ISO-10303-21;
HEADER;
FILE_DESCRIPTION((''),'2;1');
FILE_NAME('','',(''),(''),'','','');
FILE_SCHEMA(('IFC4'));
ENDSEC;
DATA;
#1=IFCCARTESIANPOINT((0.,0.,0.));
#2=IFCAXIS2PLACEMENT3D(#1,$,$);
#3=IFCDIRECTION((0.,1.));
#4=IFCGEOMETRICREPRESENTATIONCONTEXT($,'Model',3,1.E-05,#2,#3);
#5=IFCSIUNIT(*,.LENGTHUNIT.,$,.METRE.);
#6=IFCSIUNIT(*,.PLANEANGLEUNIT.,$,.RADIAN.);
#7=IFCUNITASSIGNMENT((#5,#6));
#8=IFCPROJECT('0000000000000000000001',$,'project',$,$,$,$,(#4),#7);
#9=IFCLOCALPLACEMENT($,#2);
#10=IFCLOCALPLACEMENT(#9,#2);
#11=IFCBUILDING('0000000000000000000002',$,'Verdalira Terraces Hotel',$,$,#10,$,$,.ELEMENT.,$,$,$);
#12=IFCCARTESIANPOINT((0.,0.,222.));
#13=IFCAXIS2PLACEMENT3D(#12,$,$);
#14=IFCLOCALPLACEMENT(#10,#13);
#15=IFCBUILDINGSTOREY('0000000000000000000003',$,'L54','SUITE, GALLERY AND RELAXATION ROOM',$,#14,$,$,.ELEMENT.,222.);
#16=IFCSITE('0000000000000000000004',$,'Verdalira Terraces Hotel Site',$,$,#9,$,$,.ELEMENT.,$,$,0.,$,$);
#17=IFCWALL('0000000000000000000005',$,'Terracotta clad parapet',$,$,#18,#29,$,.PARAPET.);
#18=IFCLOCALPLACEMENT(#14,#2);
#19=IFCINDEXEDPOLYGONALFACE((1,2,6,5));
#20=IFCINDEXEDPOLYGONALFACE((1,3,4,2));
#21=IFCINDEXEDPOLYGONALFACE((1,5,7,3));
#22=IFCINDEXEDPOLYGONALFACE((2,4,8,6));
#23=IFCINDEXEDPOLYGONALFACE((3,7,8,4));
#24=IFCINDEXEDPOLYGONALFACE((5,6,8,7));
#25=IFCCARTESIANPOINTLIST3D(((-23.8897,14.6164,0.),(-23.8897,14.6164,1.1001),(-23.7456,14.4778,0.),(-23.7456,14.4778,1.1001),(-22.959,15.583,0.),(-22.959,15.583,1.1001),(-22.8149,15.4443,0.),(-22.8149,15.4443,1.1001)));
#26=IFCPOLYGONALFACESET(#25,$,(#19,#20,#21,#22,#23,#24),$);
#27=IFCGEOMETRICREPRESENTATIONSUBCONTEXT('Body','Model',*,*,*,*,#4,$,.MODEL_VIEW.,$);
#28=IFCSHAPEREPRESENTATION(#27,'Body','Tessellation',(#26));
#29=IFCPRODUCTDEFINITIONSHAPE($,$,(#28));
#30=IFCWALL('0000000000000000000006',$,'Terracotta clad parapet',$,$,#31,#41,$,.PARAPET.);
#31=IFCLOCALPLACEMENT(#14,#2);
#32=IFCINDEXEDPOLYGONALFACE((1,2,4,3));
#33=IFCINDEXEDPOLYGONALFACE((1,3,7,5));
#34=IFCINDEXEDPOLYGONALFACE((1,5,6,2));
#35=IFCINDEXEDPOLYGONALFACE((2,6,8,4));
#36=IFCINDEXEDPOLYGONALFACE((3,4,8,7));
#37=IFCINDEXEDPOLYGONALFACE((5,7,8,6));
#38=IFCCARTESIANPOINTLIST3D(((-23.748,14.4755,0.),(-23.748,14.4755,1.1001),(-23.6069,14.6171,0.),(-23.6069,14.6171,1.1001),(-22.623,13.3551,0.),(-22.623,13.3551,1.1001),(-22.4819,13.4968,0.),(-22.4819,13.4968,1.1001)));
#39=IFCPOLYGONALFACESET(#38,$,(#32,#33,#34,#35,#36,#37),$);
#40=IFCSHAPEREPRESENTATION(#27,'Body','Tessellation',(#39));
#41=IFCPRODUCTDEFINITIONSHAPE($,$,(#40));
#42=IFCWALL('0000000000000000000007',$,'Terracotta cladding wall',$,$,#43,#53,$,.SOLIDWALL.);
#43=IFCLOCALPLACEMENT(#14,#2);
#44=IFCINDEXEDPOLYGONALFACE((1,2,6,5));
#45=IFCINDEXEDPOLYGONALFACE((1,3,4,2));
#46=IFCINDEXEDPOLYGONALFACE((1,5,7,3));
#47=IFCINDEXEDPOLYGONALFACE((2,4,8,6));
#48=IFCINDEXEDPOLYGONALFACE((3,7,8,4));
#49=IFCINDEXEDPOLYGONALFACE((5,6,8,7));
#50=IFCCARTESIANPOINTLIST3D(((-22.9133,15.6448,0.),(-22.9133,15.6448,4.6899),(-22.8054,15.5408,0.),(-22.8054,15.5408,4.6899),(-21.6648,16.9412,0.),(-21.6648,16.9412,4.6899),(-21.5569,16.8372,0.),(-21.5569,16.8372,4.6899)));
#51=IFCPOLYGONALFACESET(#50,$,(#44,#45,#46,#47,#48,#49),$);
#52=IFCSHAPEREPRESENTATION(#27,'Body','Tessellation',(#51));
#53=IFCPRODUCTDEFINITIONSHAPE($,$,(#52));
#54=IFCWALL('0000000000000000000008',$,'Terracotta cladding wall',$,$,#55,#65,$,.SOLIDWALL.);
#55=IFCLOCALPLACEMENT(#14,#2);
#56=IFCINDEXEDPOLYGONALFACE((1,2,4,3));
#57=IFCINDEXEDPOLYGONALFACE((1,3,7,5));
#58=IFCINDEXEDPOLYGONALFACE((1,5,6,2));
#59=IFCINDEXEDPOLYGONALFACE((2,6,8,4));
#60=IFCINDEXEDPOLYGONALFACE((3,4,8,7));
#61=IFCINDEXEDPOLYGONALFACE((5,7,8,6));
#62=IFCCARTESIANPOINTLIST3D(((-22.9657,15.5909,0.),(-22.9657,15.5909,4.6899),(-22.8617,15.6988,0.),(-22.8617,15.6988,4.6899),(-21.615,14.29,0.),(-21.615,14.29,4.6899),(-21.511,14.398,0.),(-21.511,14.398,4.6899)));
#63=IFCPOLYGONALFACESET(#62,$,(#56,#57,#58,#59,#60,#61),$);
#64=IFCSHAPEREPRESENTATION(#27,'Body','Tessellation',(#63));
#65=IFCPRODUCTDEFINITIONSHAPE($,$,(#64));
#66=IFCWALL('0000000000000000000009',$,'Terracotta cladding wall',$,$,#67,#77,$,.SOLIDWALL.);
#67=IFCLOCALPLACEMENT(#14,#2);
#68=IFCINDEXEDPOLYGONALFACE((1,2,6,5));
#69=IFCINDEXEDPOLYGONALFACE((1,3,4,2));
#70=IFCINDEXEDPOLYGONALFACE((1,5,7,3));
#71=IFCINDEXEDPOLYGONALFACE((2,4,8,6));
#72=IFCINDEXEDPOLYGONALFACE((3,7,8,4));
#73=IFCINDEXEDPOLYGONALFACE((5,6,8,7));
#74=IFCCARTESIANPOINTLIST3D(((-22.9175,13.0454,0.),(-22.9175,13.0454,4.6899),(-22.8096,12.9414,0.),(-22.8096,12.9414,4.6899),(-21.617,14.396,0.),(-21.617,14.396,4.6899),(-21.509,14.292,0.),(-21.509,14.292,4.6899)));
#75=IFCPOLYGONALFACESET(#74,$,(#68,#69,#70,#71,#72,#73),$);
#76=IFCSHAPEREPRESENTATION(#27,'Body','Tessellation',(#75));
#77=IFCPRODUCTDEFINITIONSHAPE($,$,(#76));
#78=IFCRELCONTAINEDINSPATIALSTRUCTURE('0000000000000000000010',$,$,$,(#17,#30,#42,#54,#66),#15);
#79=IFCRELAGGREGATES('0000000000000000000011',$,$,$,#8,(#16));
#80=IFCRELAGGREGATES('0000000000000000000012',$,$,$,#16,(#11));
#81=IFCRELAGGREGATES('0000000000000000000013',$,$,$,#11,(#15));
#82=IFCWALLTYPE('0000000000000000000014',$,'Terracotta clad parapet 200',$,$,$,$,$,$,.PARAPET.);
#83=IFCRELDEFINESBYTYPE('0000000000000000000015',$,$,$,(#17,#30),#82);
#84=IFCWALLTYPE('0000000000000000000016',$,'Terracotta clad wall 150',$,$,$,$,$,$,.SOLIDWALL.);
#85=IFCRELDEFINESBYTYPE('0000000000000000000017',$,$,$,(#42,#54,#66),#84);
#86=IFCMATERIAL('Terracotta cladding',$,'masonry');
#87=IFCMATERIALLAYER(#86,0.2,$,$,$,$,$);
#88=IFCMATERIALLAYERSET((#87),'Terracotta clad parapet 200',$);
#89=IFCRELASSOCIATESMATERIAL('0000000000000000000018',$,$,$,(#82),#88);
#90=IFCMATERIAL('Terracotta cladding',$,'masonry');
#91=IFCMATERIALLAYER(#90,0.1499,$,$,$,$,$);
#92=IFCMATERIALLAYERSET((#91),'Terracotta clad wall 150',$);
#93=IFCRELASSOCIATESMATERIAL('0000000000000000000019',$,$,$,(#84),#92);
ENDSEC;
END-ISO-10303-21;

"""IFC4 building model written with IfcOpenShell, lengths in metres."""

from ifc_helpers import new_model, si_unit, direction, frame, frame_2d, origin, place, context, subcontext, project, spatial, rectangle, extrude, material, layer, layer_set, type_object, element, save


model = new_model("IFC4")

# Units and contexts
model_context = context("Model", 3, precision=1e-05, world=origin(), true_north=direction((0.0, 1.0)))
body_context = subcontext(model_context, "Body", "Model", "MODEL_VIEW")
ifc_project = project(units=[si_unit("LENGTHUNIT", "METRE"), si_unit("PLANEANGLEUNIT", "RADIAN")], contexts=[model_context])

# Site, building, storey
site_placement = place(None, origin())
site = spatial("IfcSite", under=ifc_project, at=site_placement, Name="Verdalira Terraces Hotel Site", CompositionType="ELEMENT", RefElevation=0.0)
building_placement = place(site_placement, origin())
building = spatial("IfcBuilding", under=site, at=building_placement, Name="Verdalira Terraces Hotel", CompositionType="ELEMENT")
storey_placement = place(building_placement, frame((0.0, 0.0, 222.0)))
storey = spatial("IfcBuildingStorey", under=building, at=storey_placement, Name="L54", Description="SUITE, GALLERY AND RELAXATION ROOM", CompositionType="ELEMENT", Elevation=222.0)

# Walls
ifc_material_1 = material(Name="Terracotta cladding", Category="masonry")
ifc_layer_1 = layer(ifc_material_1, 0.2)
ifc_layer_set_1 = layer_set([ifc_layer_1], Name="Terracotta clad parapet 200")
wall_type_1 = type_object("IfcWallType", Name="Terracotta clad parapet 200", PredefinedType="PARAPET", material=ifc_layer_set_1)
wall_1_placement = place(storey_placement, frame((-22.887, 15.5137, 0.0), z_axis=(0.0, 0.0, 1.0), x_axis=(-0.693607, -0.720354, 0.0)))
element("IfcWall", 1, at=wall_1_placement, inside=storey, type_object=wall_type_1, Name="Terracotta clad parapet", PredefinedType="PARAPET", context=body_context, shape_type="SweptSolid", body=[
    extrude(rectangle(XDim=1.3418, YDim=0.2, at=frame_2d((0.6709, 0.0))), origin(), (0.0, 0.0, 1.0), 1.1001),
])
wall_2_placement = place(storey_placement, frame((-23.6775, 14.5464, 0.0), z_axis=(0.0, 0.0, 1.0), x_axis=(0.708566, -0.705644, 0.0)))
element("IfcWall", 2, at=wall_2_placement, inside=storey, type_object=wall_type_1, Name="Terracotta clad parapet", PredefinedType="PARAPET", context=body_context, shape_type="SweptSolid", body=[
    extrude(rectangle(XDim=1.5876, YDim=0.2, at=frame_2d((0.7939, 0.0))), origin(), (0.0, 0.0, 1.0), 1.1001),
])
ifc_material_2 = material(Name="Terracotta cladding", Category="masonry")
ifc_layer_2 = layer(ifc_material_2, 0.1499)
ifc_layer_set_2 = layer_set([ifc_layer_2], Name="Terracotta clad wall 150")
wall_type_2 = type_object("IfcWallType", Name="Terracotta clad wall 150", PredefinedType="SOLIDWALL", material=ifc_layer_set_2)
wall_3_placement = place(storey_placement, frame((-21.6108, 16.8892, 0.0), z_axis=(0.0, 0.0, 1.0), x_axis=(-0.693689, -0.720275, 0.0)))
element("IfcWall", 3, at=wall_3_placement, inside=storey, type_object=wall_type_2, Name="Terracotta cladding wall", PredefinedType="SOLIDWALL", context=body_context, shape_type="SweptSolid", body=[
    extrude(rectangle(XDim=1.7998, YDim=0.1499, at=frame_2d((0.8999, 0.0))), origin(), (0.0, 0.0, 1.0), 4.6899),
])
wall_4_placement = place(storey_placement, frame((-22.9136, 15.6448, 0.0), z_axis=(0.0, 0.0, 1.0), x_axis=(0.720262, -0.693702, 0.0)))
element("IfcWall", 4, at=wall_4_placement, inside=storey, type_object=wall_type_2, Name="Terracotta cladding wall", PredefinedType="SOLIDWALL", context=body_context, shape_type="SweptSolid", body=[
    extrude(rectangle(XDim=1.8752, YDim=0.1499, at=frame_2d((0.9375, 0.0))), origin(), (0.0, 0.0, 1.0), 4.6899),
])
wall_5_placement = place(storey_placement, frame((-21.563, 14.344, 0.0), z_axis=(0.0, 0.0, 1.0), x_axis=(-0.693634, -0.720327, 0.0)))
element("IfcWall", 5, at=wall_5_placement, inside=storey, type_object=wall_type_2, Name="Terracotta cladding wall", PredefinedType="SOLIDWALL", context=body_context, shape_type="SweptSolid", body=[
    extrude(rectangle(XDim=1.875, YDim=0.1499, at=frame_2d((0.9375, 0.0))), origin(), (0.0, 0.0, 1.0), 4.6899),
])

save(model, "model.ifc")
